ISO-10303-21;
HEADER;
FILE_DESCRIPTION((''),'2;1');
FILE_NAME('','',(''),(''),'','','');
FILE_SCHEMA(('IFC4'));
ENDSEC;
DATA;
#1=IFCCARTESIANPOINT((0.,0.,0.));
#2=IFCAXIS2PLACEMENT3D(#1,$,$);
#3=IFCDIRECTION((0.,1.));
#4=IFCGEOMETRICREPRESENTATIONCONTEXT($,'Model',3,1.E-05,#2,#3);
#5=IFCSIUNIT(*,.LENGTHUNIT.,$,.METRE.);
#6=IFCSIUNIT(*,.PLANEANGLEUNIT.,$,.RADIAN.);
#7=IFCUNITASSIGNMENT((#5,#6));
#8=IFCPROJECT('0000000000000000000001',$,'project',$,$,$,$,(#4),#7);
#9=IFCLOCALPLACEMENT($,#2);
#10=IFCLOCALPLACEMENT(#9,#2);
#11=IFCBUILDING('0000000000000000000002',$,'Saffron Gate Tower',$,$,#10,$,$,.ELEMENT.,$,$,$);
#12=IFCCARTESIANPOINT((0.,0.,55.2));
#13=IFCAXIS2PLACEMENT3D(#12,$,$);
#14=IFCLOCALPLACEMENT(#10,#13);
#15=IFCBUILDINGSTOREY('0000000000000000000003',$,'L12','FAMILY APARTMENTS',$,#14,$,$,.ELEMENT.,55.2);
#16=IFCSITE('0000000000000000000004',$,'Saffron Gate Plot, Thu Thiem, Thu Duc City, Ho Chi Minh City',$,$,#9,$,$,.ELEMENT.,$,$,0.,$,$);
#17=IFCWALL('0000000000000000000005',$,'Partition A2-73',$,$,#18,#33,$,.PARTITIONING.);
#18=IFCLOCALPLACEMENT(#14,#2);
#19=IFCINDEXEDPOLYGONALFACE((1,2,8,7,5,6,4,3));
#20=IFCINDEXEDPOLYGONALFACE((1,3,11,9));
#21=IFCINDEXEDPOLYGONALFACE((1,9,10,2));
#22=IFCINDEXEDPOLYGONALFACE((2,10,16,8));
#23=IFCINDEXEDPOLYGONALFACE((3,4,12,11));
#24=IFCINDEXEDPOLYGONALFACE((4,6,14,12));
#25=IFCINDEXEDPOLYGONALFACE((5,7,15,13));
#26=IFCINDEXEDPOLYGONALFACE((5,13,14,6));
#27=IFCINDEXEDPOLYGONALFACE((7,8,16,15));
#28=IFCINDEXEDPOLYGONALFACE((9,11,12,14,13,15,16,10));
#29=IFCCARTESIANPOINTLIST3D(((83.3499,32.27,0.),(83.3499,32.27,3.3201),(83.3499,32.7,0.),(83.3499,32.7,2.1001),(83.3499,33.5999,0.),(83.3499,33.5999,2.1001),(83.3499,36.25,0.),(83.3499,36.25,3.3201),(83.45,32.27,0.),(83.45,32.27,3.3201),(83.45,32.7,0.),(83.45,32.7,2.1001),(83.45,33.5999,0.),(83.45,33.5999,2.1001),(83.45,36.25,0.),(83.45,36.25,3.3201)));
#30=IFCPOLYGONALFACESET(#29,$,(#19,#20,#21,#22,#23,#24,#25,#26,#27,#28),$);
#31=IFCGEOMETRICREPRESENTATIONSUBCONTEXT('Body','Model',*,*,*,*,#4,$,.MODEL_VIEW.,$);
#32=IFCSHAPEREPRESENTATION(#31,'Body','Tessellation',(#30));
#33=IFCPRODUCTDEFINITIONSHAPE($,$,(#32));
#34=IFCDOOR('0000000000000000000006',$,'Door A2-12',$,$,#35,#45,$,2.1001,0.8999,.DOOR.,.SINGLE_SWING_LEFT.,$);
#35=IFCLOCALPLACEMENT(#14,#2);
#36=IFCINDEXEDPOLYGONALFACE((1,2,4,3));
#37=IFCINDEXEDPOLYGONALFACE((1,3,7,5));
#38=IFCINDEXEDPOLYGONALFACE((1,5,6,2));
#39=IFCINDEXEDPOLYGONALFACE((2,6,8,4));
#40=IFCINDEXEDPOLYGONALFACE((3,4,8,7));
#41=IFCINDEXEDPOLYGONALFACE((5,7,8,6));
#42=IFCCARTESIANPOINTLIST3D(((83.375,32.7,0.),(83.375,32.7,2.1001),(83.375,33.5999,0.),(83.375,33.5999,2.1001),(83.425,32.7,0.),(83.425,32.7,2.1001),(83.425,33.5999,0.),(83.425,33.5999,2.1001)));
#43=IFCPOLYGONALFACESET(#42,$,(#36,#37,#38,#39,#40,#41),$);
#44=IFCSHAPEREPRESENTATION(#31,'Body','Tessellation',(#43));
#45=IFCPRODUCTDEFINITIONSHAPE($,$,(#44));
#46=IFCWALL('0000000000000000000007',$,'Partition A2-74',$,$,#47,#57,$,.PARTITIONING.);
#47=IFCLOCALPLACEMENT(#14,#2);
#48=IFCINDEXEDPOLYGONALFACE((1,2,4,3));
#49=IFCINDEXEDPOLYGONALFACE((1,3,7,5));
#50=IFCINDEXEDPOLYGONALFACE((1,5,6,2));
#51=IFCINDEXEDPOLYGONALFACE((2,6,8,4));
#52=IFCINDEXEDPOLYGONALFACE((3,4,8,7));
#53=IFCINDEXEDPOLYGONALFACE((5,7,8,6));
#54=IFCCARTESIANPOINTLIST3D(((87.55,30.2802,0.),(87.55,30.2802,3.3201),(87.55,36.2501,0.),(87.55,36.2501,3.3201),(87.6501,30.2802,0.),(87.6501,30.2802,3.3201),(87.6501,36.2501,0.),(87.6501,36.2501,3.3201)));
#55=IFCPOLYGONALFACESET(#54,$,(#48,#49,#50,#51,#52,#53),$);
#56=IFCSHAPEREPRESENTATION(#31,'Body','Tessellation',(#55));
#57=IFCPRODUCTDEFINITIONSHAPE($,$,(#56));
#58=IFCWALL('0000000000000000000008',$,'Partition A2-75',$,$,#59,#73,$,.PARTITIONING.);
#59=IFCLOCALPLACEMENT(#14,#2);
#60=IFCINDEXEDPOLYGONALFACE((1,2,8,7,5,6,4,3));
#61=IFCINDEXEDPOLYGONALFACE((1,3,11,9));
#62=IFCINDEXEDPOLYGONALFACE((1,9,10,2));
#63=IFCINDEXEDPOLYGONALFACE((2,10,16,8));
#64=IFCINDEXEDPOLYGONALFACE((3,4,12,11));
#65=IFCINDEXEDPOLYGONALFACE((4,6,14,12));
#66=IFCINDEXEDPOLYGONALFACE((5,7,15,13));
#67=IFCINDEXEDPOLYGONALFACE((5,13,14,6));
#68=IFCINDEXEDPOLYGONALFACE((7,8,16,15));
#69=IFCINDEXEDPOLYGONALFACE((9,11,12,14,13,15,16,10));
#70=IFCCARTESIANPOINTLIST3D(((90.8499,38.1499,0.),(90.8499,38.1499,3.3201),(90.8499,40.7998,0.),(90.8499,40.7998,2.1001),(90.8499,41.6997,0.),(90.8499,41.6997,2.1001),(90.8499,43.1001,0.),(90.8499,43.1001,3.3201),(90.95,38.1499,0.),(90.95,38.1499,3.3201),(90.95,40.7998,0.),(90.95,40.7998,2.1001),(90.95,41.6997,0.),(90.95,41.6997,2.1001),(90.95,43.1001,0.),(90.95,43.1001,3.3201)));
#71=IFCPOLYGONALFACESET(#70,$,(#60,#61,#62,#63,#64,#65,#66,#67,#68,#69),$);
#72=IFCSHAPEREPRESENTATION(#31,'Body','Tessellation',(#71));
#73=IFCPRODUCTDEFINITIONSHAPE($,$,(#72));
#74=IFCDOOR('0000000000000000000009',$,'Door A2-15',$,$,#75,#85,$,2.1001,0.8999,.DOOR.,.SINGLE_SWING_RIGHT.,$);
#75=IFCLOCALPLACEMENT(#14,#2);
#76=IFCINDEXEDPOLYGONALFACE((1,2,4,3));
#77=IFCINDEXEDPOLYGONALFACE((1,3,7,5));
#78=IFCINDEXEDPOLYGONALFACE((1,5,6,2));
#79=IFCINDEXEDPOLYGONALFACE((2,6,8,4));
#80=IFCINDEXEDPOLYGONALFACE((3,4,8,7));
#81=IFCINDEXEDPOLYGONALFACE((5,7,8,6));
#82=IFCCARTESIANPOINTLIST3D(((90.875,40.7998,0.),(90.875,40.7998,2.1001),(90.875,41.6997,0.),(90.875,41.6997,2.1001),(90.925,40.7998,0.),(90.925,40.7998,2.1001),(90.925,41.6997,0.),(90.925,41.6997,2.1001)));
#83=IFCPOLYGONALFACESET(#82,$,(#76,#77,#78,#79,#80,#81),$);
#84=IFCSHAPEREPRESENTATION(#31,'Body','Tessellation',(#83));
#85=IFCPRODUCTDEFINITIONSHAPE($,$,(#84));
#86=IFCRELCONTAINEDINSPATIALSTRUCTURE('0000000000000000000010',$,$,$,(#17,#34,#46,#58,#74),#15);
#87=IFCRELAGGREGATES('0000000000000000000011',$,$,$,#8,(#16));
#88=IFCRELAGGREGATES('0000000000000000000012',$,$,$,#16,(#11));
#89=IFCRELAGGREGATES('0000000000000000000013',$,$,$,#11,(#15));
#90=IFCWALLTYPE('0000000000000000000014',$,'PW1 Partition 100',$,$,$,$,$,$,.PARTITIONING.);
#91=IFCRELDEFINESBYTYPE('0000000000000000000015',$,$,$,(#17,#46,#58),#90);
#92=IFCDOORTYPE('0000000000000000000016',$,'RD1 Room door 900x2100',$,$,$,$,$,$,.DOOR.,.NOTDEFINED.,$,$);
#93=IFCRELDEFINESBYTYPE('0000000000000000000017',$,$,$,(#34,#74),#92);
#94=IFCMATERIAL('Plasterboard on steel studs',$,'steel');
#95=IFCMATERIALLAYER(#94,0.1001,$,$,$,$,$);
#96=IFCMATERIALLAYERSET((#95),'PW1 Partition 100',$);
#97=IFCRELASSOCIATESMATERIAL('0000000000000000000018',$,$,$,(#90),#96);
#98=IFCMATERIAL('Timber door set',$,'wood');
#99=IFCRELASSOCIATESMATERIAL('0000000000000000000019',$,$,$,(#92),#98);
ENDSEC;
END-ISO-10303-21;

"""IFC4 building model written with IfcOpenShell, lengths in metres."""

from ifc_helpers import new_model, si_unit, direction, frame, frame_2d, origin, place, context, subcontext, project, spatial, rectangle, extrude, material, layer, layer_set, type_object, element, fill, save


model = new_model("IFC4")

# Units and contexts
model_context = context("Model", 3, precision=1e-05, world=origin(), true_north=direction((0.0, 1.0)))
body_context = subcontext(model_context, "Body", "Model", "MODEL_VIEW")
ifc_project = project(units=[si_unit("LENGTHUNIT", "METRE"), si_unit("PLANEANGLEUNIT", "RADIAN")], contexts=[model_context])

# Site, building, storey
site_placement = place(None, origin())
site = spatial("IfcSite", under=ifc_project, at=site_placement, Name="Saffron Gate Plot, Thu Thiem, Thu Duc City, Ho Chi Minh City", CompositionType="ELEMENT", RefElevation=0.0)
building_placement = place(site_placement, origin())
building = spatial("IfcBuilding", under=site, at=building_placement, Name="Saffron Gate Tower", CompositionType="ELEMENT")
storey_placement = place(building_placement, frame((0.0, 0.0, 55.2)))
storey = spatial("IfcBuildingStorey", under=building, at=storey_placement, Name="L12", Description="FAMILY APARTMENTS", CompositionType="ELEMENT", Elevation=55.2)

# Shared definitions
ifc_material_1 = material(Name="Plasterboard on steel studs", Category="steel")
ifc_layer = layer(ifc_material_1, 0.1001)
ifc_layer_set = layer_set([ifc_layer], Name="PW1 Partition 100")
wall_type = type_object("IfcWallType", Name="PW1 Partition 100", PredefinedType="PARTITIONING", material=ifc_layer_set)

# Wall, opening, door
wall_1_placement = place(storey_placement, frame((83.3999, 32.27, 0.0), z_axis=(0.0, 0.0, 1.0), x_axis=(0.0, 1.0, 0.0)))
wall_1 = element("IfcWall", 1, at=wall_1_placement, inside=storey, type_object=wall_type, Name="Partition A2-73", PredefinedType="PARTITIONING", context=body_context, shape_type="SweptSolid", body=[
    extrude(rectangle(XDim=3.98, YDim=0.1001, at=frame_2d((1.99, 0.0))), origin(), (0.0, 0.0, 1.0), 3.3201),
])
opening_1_placement = place(wall_1_placement, frame((0.4299, 0.0, 0.0)))
opening_1 = element("IfcOpeningElement", 2, at=opening_1_placement, cuts=wall_1, PredefinedType="OPENING", context=body_context, shape_type="SweptSolid", body=[
    extrude(rectangle(XDim=0.8999, YDim=2.1001, at=frame_2d((0.45, 1.05))), frame((0.0, 0.0601, 0.0), z_axis=(0.0, -1.0, 0.0), x_axis=(1.0, 0.0, 0.0)), (0.0, 0.0, 1.0), 0.1201),
])
ifc_material_2 = material(Name="Timber door set", Category="wood")
door_type = type_object("IfcDoorType", Name="RD1 Room door 900x2100", OperationType="NOTDEFINED", PredefinedType="DOOR", material=ifc_material_2)
door_1_placement = place(opening_1_placement, origin())
door_1 = element("IfcDoor", 3, at=door_1_placement, inside=storey, type_object=door_type, Name="Door A2-12", OperationType="SINGLE_SWING_LEFT", OverallHeight=2.1001, OverallWidth=0.8999, PredefinedType="DOOR", context=body_context, shape_type="SweptSolid", body=[
    extrude(rectangle(XDim=0.8999, YDim=2.1001, at=frame_2d((0.45, 1.05))), frame((0.0, 0.0249, 0.0), z_axis=(0.0, -1.0, 0.0), x_axis=(1.0, 0.0, 0.0)), (0.0, 0.0, 1.0), 0.05),
])
fill(opening_1, door_1)

# Wall
wall_2_placement = place(storey_placement, frame((87.6001, 36.25, 0.0), z_axis=(0.0, 0.0, 1.0), x_axis=(0.0, -1.0, 0.0)))
element("IfcWall", 4, at=wall_2_placement, inside=storey, type_object=wall_type, Name="Partition A2-74", PredefinedType="PARTITIONING", context=body_context, shape_type="SweptSolid", body=[
    extrude(rectangle(XDim=5.97, YDim=0.1001, at=frame_2d((2.9849, 0.0))), origin(), (0.0, 0.0, 1.0), 3.3201),
])

# Wall, opening, door
wall_3_placement = place(storey_placement, frame((90.8999, 38.1499, 0.0), z_axis=(0.0, 0.0, 1.0), x_axis=(0.0, 1.0, 0.0)))
wall_3 = element("IfcWall", 5, at=wall_3_placement, inside=storey, type_object=wall_type, Name="Partition A2-75", PredefinedType="PARTITIONING", context=body_context, shape_type="SweptSolid", body=[
    extrude(rectangle(XDim=4.9502, YDim=0.1001, at=frame_2d((2.4751, 0.0))), origin(), (0.0, 0.0, 1.0), 3.3201),
])
opening_2_placement = place(wall_3_placement, frame((2.6499, 0.0, 0.0)))
opening_2 = element("IfcOpeningElement", 6, at=opening_2_placement, cuts=wall_3, PredefinedType="OPENING", context=body_context, shape_type="SweptSolid", body=[
    extrude(rectangle(XDim=0.8999, YDim=2.1001, at=frame_2d((0.45, 1.05))), frame((0.0, 0.0601, 0.0), z_axis=(0.0, -1.0, 0.0), x_axis=(1.0, 0.0, 0.0)), (0.0, 0.0, 1.0), 0.1201),
])
door_2_placement = place(opening_2_placement, origin())
door_2 = element("IfcDoor", 7, at=door_2_placement, inside=storey, type_object=door_type, Name="Door A2-15", OperationType="SINGLE_SWING_RIGHT", OverallHeight=2.1001, OverallWidth=0.8999, PredefinedType="DOOR", context=body_context, shape_type="SweptSolid", body=[
    extrude(rectangle(XDim=0.8999, YDim=2.1001, at=frame_2d((0.45, 1.05))), frame((0.0, 0.0249, 0.0), z_axis=(0.0, -1.0, 0.0), x_axis=(1.0, 0.0, 0.0)), (0.0, 0.0, 1.0), 0.05),
])
fill(opening_2, door_2)

save(model, "model.ifc")
